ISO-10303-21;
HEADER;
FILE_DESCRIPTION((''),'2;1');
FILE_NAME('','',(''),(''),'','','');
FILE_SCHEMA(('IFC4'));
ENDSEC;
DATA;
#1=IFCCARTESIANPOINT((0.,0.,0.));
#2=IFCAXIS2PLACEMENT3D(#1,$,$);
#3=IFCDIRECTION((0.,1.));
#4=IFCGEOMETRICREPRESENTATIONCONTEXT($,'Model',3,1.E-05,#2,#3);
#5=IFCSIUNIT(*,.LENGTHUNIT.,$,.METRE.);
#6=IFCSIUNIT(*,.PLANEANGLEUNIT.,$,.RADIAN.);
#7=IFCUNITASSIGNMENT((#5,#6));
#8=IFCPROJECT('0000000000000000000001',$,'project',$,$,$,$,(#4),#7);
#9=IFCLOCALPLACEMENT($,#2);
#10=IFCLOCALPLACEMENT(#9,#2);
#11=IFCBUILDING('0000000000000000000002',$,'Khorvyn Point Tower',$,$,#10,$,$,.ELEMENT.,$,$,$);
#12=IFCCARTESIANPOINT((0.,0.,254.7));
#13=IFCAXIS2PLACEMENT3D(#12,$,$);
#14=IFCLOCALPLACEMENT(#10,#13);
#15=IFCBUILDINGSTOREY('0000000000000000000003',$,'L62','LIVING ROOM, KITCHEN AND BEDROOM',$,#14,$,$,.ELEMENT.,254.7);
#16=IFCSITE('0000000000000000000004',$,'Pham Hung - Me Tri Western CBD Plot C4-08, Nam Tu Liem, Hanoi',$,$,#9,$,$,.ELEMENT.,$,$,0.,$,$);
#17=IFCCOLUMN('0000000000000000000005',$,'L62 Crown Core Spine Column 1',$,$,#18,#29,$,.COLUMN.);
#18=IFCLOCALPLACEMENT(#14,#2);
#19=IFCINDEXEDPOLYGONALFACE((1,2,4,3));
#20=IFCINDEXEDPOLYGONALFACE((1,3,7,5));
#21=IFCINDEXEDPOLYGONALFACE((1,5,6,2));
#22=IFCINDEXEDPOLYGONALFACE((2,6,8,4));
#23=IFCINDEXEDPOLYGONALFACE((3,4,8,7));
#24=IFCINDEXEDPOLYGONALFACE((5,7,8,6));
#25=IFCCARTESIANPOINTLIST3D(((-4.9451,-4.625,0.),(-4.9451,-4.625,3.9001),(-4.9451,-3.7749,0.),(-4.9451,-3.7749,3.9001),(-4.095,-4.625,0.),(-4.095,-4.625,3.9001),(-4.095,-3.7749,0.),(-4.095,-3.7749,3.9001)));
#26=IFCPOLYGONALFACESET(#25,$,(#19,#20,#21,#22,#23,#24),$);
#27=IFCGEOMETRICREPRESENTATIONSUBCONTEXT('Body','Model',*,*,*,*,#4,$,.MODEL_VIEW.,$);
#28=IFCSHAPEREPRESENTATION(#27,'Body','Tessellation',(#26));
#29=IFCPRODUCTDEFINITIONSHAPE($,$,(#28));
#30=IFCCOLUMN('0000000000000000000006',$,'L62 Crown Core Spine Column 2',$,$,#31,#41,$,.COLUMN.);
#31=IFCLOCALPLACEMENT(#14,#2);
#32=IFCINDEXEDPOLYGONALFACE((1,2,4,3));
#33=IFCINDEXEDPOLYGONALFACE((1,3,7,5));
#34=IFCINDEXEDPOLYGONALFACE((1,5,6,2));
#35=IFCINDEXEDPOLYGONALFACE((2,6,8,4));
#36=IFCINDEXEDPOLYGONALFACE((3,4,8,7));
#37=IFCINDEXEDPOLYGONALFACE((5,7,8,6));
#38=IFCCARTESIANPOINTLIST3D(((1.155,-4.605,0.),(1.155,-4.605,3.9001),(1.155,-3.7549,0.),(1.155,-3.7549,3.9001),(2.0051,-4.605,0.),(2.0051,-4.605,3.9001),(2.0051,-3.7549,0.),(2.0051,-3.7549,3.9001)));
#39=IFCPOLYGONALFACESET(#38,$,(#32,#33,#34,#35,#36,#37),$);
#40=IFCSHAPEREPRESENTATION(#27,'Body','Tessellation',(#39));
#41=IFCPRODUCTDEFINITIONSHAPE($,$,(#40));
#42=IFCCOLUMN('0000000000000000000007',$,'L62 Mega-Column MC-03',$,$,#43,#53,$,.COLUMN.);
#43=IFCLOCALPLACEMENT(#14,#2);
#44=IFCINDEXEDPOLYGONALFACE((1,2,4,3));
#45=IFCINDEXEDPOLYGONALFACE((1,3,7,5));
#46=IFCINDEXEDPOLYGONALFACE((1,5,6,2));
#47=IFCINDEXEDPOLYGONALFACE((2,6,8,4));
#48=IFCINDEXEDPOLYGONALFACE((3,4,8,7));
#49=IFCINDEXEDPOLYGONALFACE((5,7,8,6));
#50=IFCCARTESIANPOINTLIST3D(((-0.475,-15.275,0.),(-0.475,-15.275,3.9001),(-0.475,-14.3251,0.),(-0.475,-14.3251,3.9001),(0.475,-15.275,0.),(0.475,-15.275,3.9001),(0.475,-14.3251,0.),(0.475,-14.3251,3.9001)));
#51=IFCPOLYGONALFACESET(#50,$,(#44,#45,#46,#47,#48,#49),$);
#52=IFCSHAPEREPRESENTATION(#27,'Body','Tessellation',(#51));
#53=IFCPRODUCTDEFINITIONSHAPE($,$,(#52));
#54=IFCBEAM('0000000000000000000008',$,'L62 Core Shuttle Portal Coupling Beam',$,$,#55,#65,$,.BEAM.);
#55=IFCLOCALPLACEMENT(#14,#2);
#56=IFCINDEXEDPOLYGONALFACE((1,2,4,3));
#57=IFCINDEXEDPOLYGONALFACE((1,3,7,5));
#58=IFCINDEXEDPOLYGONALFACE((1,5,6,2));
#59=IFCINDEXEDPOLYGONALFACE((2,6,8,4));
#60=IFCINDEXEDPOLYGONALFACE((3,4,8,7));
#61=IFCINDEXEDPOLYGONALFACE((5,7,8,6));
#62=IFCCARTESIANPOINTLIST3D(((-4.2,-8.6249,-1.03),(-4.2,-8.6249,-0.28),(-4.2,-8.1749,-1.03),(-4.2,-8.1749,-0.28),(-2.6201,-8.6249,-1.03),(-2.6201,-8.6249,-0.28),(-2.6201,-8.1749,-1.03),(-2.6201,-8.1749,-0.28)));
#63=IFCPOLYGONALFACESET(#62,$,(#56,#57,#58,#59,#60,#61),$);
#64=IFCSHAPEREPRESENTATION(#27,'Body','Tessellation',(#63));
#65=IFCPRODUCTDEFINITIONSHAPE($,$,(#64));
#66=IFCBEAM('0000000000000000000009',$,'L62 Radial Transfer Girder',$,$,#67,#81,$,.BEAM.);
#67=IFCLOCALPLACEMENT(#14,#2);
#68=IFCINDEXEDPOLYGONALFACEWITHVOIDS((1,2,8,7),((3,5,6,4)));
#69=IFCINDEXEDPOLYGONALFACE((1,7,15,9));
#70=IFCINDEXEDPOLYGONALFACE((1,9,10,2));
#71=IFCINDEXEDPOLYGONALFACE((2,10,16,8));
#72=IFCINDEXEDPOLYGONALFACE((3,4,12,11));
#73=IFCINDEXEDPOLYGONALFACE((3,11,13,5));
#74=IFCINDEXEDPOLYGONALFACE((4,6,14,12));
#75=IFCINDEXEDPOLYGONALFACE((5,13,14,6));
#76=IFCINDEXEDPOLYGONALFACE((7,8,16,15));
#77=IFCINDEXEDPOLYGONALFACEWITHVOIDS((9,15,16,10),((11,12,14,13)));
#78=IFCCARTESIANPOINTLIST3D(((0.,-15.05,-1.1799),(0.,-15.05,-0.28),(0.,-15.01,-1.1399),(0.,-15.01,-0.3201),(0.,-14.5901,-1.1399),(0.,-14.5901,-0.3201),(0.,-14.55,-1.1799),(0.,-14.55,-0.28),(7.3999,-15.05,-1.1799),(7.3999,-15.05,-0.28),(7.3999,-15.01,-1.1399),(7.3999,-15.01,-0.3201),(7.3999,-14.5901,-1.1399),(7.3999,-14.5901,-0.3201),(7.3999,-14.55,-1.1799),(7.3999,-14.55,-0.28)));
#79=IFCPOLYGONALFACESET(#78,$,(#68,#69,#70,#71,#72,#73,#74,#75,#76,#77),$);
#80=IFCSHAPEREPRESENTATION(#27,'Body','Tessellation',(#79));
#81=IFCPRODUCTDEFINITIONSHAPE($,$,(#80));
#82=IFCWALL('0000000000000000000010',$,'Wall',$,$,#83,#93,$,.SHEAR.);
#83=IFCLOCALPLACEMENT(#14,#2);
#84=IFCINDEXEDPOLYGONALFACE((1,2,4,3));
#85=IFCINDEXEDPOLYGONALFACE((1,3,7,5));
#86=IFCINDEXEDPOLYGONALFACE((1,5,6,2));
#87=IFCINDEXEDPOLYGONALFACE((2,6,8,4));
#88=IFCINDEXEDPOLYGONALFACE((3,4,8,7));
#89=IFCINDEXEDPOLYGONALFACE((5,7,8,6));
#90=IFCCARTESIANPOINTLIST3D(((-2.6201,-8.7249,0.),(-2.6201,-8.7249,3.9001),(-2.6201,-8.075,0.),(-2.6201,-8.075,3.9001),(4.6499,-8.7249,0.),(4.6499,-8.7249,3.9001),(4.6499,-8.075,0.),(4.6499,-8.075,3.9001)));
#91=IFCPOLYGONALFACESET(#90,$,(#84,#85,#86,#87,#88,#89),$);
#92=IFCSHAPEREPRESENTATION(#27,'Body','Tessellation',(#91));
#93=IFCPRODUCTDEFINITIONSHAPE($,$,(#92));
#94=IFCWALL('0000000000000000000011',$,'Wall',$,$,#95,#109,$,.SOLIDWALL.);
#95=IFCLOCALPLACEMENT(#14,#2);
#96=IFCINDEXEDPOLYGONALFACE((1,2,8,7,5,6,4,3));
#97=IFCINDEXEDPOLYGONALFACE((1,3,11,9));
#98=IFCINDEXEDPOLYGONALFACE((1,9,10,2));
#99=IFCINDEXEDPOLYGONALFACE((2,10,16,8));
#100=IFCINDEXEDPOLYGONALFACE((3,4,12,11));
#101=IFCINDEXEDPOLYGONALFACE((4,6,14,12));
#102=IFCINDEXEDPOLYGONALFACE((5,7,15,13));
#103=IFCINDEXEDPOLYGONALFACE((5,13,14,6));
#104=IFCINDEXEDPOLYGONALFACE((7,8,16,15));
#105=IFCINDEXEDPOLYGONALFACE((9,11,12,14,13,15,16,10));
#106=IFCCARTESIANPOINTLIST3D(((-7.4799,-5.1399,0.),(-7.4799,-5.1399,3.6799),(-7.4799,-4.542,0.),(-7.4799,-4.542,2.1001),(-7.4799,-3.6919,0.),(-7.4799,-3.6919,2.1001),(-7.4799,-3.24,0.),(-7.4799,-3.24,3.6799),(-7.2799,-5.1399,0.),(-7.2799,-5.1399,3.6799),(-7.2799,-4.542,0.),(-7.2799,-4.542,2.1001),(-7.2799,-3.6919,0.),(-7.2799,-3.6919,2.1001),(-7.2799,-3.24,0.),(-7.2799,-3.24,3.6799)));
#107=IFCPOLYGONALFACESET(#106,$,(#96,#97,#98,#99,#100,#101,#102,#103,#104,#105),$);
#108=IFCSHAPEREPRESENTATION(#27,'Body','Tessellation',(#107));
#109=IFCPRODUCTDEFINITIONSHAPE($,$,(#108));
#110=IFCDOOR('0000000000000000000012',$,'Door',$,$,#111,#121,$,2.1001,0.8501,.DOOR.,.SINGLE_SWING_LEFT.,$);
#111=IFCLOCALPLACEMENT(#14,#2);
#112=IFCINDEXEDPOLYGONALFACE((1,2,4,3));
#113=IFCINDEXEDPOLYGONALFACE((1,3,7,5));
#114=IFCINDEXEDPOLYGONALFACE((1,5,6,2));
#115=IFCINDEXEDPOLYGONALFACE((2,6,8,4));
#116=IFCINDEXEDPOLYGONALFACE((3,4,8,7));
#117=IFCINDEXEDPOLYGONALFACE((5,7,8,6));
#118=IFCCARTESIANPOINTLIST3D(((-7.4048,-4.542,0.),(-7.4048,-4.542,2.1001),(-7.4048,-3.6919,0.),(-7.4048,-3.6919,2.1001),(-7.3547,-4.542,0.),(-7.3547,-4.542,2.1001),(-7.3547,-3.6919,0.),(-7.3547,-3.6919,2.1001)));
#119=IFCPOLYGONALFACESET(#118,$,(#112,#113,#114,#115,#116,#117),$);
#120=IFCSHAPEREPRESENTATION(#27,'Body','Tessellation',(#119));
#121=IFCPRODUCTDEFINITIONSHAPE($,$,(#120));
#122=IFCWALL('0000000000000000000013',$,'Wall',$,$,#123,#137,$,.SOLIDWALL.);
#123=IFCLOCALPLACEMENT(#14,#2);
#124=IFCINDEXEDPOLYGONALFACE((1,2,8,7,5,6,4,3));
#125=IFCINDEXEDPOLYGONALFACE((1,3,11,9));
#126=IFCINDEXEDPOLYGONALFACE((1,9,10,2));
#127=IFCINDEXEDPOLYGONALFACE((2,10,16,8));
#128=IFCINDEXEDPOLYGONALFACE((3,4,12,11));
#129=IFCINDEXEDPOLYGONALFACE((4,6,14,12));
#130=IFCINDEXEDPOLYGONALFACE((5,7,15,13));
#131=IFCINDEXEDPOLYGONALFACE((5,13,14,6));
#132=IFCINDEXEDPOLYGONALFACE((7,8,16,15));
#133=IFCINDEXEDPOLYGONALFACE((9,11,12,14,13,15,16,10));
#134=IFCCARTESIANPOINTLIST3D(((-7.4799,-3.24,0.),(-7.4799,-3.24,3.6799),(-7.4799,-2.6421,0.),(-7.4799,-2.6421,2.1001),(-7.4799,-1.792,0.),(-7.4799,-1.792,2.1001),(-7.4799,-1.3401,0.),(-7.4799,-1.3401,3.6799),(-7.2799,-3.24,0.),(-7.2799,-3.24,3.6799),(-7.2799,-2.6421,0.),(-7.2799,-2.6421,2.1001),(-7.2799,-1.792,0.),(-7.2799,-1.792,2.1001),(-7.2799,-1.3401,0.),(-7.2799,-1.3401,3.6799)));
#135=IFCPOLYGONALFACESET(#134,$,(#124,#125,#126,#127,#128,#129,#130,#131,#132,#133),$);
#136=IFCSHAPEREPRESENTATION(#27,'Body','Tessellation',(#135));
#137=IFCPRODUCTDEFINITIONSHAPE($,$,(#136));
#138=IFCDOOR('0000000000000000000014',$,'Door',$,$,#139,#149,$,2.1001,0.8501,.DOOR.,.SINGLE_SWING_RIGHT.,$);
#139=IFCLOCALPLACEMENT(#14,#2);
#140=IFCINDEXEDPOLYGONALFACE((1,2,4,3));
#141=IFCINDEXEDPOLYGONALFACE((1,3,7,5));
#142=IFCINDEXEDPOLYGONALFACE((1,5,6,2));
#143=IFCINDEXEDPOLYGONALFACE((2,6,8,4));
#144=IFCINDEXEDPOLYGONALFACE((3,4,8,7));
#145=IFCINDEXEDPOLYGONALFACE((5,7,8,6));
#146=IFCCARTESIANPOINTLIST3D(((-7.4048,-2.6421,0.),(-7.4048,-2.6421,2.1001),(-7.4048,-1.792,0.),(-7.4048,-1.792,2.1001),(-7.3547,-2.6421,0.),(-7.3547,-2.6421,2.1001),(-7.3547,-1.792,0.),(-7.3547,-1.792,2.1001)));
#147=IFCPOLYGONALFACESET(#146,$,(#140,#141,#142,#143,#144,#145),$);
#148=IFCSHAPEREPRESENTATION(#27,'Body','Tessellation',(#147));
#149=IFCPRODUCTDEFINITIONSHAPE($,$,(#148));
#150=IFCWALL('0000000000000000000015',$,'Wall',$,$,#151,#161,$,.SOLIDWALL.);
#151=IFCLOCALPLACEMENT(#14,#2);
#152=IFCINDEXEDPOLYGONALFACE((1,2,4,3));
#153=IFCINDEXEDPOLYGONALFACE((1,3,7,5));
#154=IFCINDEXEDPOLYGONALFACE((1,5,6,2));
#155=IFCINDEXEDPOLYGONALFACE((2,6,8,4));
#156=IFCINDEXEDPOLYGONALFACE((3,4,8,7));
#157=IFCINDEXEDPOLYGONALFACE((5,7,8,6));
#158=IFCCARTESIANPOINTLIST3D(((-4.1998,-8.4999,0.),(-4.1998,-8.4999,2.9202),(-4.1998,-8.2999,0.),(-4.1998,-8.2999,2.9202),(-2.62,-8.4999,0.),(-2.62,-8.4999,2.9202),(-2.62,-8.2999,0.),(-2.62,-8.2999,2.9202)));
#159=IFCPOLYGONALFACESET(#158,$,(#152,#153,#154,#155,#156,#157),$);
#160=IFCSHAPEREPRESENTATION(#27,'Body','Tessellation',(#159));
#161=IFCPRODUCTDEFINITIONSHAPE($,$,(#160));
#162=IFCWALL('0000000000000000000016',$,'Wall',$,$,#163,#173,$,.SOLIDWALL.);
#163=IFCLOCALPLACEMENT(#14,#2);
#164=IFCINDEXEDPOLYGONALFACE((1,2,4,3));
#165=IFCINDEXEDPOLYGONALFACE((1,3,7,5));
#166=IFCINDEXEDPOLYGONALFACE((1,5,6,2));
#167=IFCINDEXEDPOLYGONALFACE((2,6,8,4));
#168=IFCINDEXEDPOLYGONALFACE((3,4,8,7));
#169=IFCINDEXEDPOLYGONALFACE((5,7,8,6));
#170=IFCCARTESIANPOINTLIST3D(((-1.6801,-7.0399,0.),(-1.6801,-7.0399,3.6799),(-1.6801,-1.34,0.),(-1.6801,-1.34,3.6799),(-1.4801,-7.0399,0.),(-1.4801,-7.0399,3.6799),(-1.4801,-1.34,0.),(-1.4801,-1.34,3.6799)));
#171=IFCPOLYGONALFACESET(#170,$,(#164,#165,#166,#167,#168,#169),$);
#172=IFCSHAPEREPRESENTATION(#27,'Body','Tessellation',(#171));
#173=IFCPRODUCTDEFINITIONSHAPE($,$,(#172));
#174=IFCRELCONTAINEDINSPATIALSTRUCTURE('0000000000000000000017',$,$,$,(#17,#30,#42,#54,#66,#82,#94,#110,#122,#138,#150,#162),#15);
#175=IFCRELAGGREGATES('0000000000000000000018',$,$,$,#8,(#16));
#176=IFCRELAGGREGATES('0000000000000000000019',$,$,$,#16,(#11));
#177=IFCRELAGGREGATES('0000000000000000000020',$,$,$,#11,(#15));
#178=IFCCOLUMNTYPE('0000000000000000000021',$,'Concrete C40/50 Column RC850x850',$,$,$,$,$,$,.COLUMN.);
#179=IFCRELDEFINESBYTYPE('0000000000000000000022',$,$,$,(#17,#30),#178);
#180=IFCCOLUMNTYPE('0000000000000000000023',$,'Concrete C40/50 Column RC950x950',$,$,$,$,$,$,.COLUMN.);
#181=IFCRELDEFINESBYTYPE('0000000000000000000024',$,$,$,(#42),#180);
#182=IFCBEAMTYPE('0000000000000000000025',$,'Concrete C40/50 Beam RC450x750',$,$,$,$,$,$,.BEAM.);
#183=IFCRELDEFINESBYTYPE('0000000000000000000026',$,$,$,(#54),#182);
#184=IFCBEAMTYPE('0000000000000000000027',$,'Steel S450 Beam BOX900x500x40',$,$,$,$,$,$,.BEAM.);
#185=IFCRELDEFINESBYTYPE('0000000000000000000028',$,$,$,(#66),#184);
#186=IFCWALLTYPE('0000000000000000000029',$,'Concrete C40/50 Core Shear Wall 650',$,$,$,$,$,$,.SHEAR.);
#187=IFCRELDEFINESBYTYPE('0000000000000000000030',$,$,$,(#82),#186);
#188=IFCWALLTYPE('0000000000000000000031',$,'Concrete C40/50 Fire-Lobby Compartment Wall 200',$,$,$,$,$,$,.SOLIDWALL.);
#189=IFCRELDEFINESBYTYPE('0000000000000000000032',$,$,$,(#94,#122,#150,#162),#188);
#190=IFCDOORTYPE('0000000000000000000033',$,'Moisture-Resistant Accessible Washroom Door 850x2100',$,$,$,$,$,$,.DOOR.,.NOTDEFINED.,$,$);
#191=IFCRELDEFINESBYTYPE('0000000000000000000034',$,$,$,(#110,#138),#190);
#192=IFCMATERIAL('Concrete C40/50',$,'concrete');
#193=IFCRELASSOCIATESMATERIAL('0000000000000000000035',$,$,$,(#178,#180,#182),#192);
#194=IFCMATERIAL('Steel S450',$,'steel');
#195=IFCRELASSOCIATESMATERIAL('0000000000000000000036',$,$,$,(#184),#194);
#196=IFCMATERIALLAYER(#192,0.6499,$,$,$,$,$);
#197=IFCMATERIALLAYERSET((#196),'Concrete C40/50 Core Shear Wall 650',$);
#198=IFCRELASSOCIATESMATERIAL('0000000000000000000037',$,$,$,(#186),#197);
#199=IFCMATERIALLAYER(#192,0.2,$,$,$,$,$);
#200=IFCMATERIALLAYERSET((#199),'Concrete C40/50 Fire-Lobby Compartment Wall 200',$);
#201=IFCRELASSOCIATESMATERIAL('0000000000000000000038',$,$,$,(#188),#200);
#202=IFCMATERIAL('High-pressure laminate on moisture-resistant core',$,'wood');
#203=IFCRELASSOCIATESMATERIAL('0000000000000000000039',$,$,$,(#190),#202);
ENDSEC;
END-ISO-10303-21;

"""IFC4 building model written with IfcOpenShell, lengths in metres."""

from ifc_helpers import new_model, si_unit, direction, frame, frame_2d, origin, origin_2d, place, context, subcontext, project, spatial, rectangle, hollow_rectangle, extrude, material, layer, layer_set, material_profile, profile_set, type_object, element, fill, save


model = new_model("IFC4")

# Units and contexts
model_context = context("Model", 3, precision=1e-05, world=origin(), true_north=direction((0.0, 1.0)))
body_context = subcontext(model_context, "Body", "Model", "MODEL_VIEW")
ifc_project = project(units=[si_unit("LENGTHUNIT", "METRE"), si_unit("PLANEANGLEUNIT", "RADIAN")], contexts=[model_context])

# Site, building, storey
site_placement = place(None, origin())
site = spatial("IfcSite", under=ifc_project, at=site_placement, Name="Pham Hung - Me Tri Western CBD Plot C4-08, Nam Tu Liem, Hanoi", CompositionType="ELEMENT", RefElevation=0.0)
building_placement = place(site_placement, origin())
building = spatial("IfcBuilding", under=site, at=building_placement, Name="Khorvyn Point Tower", CompositionType="ELEMENT")
storey_placement = place(building_placement, frame((0.0, 0.0, 254.7)))
storey = spatial("IfcBuildingStorey", under=building, at=storey_placement, Name="L62", Description="LIVING ROOM, KITCHEN AND BEDROOM", CompositionType="ELEMENT", Elevation=254.7)

# Columns
ifc_material_1 = material(Name="Concrete C40/50", Category="concrete")
ifc_material_profile_1 = material_profile(ifc_material_1, rectangle(XDim=0.8501, YDim=0.8501, at=origin_2d()))
ifc_profile_set_1 = profile_set([ifc_material_profile_1], Name="Concrete C40/50 RC850x850")
column_type_1 = type_object("IfcColumnType", Name="Concrete C40/50 Column RC850x850", PredefinedType="COLUMN", material=ifc_profile_set_1)
for number, where, z_axis, x_axis, name in (
    (1, (-4.52, -4.2, 0.0), (0.0, 0.0, 1.0), (1.0, 0.0, 0.0), "L62 Crown Core Spine Column 1"),
    (2, (1.5801, -4.1799, 0.0), (0.0, 0.0, 1.0), (1.0, 0.0, 0.0), "L62 Crown Core Spine Column 2"),
):
    element("IfcColumn", number, at=place(storey_placement, frame(where, z_axis=z_axis, x_axis=x_axis)), inside=storey, type_object=column_type_1, Name=name, PredefinedType="COLUMN", context=body_context, shape_type="SweptSolid", body=[
        extrude(rectangle(XDim=0.8501, YDim=0.8501, at=origin_2d()), origin(), (0.0, 0.0, 1.0), 3.9001),
    ])
ifc_material_profile_2 = material_profile(ifc_material_1, rectangle(XDim=0.95, YDim=0.95, at=origin_2d()))
ifc_profile_set_2 = profile_set([ifc_material_profile_2], Name="Concrete C40/50 RC950x950")
column_type_2 = type_object("IfcColumnType", Name="Concrete C40/50 Column RC950x950", PredefinedType="COLUMN", material=ifc_profile_set_2)
column_placement = place(storey_placement, frame((0.0, -14.8, 0.0), z_axis=(0.0, 0.0, 1.0), x_axis=(1.0, 0.0, 0.0)))
element("IfcColumn", 3, at=column_placement, inside=storey, type_object=column_type_2, Name="L62 Mega-Column MC-03", PredefinedType="COLUMN", context=body_context, shape_type="SweptSolid", body=[
    extrude(rectangle(XDim=0.95, YDim=0.95, at=origin_2d()), origin(), (0.0, 0.0, 1.0), 3.9001),
])

# Beams
ifc_material_profile_3 = material_profile(ifc_material_1, rectangle(XDim=0.45, YDim=0.75, at=origin_2d()))
ifc_profile_set_3 = profile_set([ifc_material_profile_3], Name="Concrete C40/50 RC450x750")
beam_type_1 = type_object("IfcBeamType", Name="Concrete C40/50 Beam RC450x750", PredefinedType="BEAM", material=ifc_profile_set_3)
beam_1_placement = place(storey_placement, frame((-4.2, -8.3999, -0.655), z_axis=(1.0, 0.0, 0.0), x_axis=(0.0, 1.0, 0.0)))
element("IfcBeam", 4, at=beam_1_placement, inside=storey, type_object=beam_type_1, Name="L62 Core Shuttle Portal Coupling Beam", PredefinedType="BEAM", context=body_context, shape_type="SweptSolid", body=[
    extrude(rectangle(XDim=0.45, YDim=0.75, at=origin_2d()), origin(), (0.0, 0.0, 1.0), 1.5798),
])
ifc_material_2 = material(Name="Steel S450", Category="steel")
ifc_material_profile_4 = material_profile(ifc_material_2, hollow_rectangle(XDim=0.5, YDim=0.8999, WallThickness=0.04, at=origin_2d()))
ifc_profile_set_4 = profile_set([ifc_material_profile_4], Name="Steel S450 BOX900x500x40")
beam_type_2 = type_object("IfcBeamType", Name="Steel S450 Beam BOX900x500x40", PredefinedType="BEAM", material=ifc_profile_set_4)
beam_2_placement = place(storey_placement, frame((0.0, -14.8, -0.73), z_axis=(1.0, 0.0, 0.0), x_axis=(0.0, 1.0, 0.0)))
element("IfcBeam", 5, at=beam_2_placement, inside=storey, type_object=beam_type_2, Name="L62 Radial Transfer Girder", PredefinedType="BEAM", context=body_context, shape_type="SweptSolid", body=[
    extrude(hollow_rectangle(XDim=0.5, YDim=0.8999, WallThickness=0.04, at=origin_2d()), origin(), (0.0, 0.0, 1.0), 7.3999),
])

# Wall
ifc_layer_1 = layer(ifc_material_1, 0.6499)
ifc_layer_set_1 = layer_set([ifc_layer_1], Name="Concrete C40/50 Core Shear Wall 650")
wall_type_1 = type_object("IfcWallType", Name="Concrete C40/50 Core Shear Wall 650", PredefinedType="SHEAR", material=ifc_layer_set_1)
wall_1_placement = place(storey_placement, frame((-2.6201, -8.3999, 0.0), z_axis=(0.0, 0.0, 1.0), x_axis=(1.0, 0.0, 0.0)))
element("IfcWall", 6, at=wall_1_placement, inside=storey, type_object=wall_type_1, Name="Wall", PredefinedType="SHEAR", context=body_context, shape_type="SweptSolid", body=[
    extrude(rectangle(XDim=7.27, YDim=0.6499, at=frame_2d((3.635, 0.0))), origin(), (0.0, 0.0, 1.0), 3.9001),
])

# Walls, openings, doors
ifc_layer_2 = layer(ifc_material_1, 0.2)
ifc_layer_set_2 = layer_set([ifc_layer_2], Name="Concrete C40/50 Fire-Lobby Compartment Wall 200")
wall_type_2 = type_object("IfcWallType", Name="Concrete C40/50 Fire-Lobby Compartment Wall 200", PredefinedType="SOLIDWALL", material=ifc_layer_set_2)
wall_2_placement = place(storey_placement, frame((-7.3799, -5.1399, 0.0), z_axis=(0.0, 0.0, 1.0), x_axis=(0.0, 1.0, 0.0)))
wall_2 = element("IfcWall", 7, at=wall_2_placement, inside=storey, type_object=wall_type_2, Name="Wall", PredefinedType="SOLIDWALL", context=body_context, shape_type="SweptSolid", body=[
    extrude(rectangle(XDim=1.8999, YDim=0.2, at=frame_2d((0.95, 0.0))), origin(), (0.0, 0.0, 1.0), 3.6799),
])
opening_1_placement = place(wall_2_placement, frame((0.5979, 0.0, 0.0)))
opening_1 = element("IfcOpeningElement", 8, at=opening_1_placement, cuts=wall_2, PredefinedType="OPENING", context=body_context, shape_type="SweptSolid", body=[
    extrude(rectangle(XDim=0.8501, YDim=2.1001, at=frame_2d((0.425, 1.05))), frame((0.0, 0.1099, 0.0), z_axis=(0.0, -1.0, 0.0), x_axis=(1.0, 0.0, 0.0)), (0.0, 0.0, 1.0), 0.22),
])
ifc_material_3 = material(Name="High-pressure laminate on moisture-resistant core", Category="wood")
door_type_1 = type_object("IfcDoorType", Name="Moisture-Resistant Accessible Washroom Door 850x2100", OperationType="NOTDEFINED", PredefinedType="DOOR", material=ifc_material_3)
door_1_placement = place(opening_1_placement, origin())
door_1 = element("IfcDoor", 9, at=door_1_placement, inside=storey, type_object=door_type_1, Name="Door", OperationType="SINGLE_SWING_LEFT", OverallHeight=2.1001, OverallWidth=0.8501, PredefinedType="DOOR", context=body_context, shape_type="SweptSolid", body=[
    extrude(rectangle(XDim=0.8501, YDim=2.1001, at=frame_2d((0.425, 1.05))), frame((0.0, 0.0249, 0.0), z_axis=(0.0, -1.0, 0.0), x_axis=(1.0, 0.0, 0.0)), (0.0, 0.0, 1.0), 0.05),
])
fill(opening_1, door_1)
wall_3_placement = place(storey_placement, frame((-7.3799, -3.24, 0.0), z_axis=(0.0, 0.0, 1.0), x_axis=(0.0, 1.0, 0.0)))
wall_3 = element("IfcWall", 10, at=wall_3_placement, inside=storey, type_object=wall_type_2, Name="Wall", PredefinedType="SOLIDWALL", context=body_context, shape_type="SweptSolid", body=[
    extrude(rectangle(XDim=1.8999, YDim=0.2, at=frame_2d((0.95, 0.0))), origin(), (0.0, 0.0, 1.0), 3.6799),
])
opening_2_placement = place(wall_3_placement, frame((0.5979, 0.0, 0.0)))
opening_2 = element("IfcOpeningElement", 11, at=opening_2_placement, cuts=wall_3, PredefinedType="OPENING", context=body_context, shape_type="SweptSolid", body=[
    extrude(rectangle(XDim=0.8501, YDim=2.1001, at=frame_2d((0.425, 1.05))), frame((0.0, 0.1099, 0.0), z_axis=(0.0, -1.0, 0.0), x_axis=(1.0, 0.0, 0.0)), (0.0, 0.0, 1.0), 0.22),
])
door_2_placement = place(opening_2_placement, origin())
door_2 = element("IfcDoor", 12, at=door_2_placement, inside=storey, type_object=door_type_1, Name="Door", OperationType="SINGLE_SWING_RIGHT", OverallHeight=2.1001, OverallWidth=0.8501, PredefinedType="DOOR", context=body_context, shape_type="SweptSolid", body=[
    extrude(rectangle(XDim=0.8501, YDim=2.1001, at=frame_2d((0.425, 1.05))), frame((0.0, 0.0249, 0.0), z_axis=(0.0, -1.0, 0.0), x_axis=(1.0, 0.0, 0.0)), (0.0, 0.0, 1.0), 0.05),
])
fill(opening_2, door_2)

# Walls
wall_4_placement = place(storey_placement, frame((-4.2, -8.3999, 0.0), z_axis=(0.0, 0.0, 1.0), x_axis=(1.0, 0.0, 0.0)))
element("IfcWall", 13, at=wall_4_placement, inside=storey, type_object=wall_type_2, Name="Wall", PredefinedType="SOLIDWALL", context=body_context, shape_type="SweptSolid", body=[
    extrude(rectangle(XDim=1.5798, YDim=0.2, at=frame_2d((0.79, 0.0))), origin(), (0.0, 0.0, 1.0), 2.9202),
])
wall_5_placement = place(storey_placement, frame((-1.5801, -7.04, 0.0), z_axis=(0.0, 0.0, 1.0), x_axis=(0.0, 1.0, 0.0)))
element("IfcWall", 14, at=wall_5_placement, inside=storey, type_object=wall_type_2, Name="Wall", PredefinedType="SOLIDWALL", context=body_context, shape_type="SweptSolid", body=[
    extrude(rectangle(XDim=5.7, YDim=0.2, at=frame_2d((2.8501, 0.0))), origin(), (0.0, 0.0, 1.0), 3.6799),
])

save(model, "model.ifc")
